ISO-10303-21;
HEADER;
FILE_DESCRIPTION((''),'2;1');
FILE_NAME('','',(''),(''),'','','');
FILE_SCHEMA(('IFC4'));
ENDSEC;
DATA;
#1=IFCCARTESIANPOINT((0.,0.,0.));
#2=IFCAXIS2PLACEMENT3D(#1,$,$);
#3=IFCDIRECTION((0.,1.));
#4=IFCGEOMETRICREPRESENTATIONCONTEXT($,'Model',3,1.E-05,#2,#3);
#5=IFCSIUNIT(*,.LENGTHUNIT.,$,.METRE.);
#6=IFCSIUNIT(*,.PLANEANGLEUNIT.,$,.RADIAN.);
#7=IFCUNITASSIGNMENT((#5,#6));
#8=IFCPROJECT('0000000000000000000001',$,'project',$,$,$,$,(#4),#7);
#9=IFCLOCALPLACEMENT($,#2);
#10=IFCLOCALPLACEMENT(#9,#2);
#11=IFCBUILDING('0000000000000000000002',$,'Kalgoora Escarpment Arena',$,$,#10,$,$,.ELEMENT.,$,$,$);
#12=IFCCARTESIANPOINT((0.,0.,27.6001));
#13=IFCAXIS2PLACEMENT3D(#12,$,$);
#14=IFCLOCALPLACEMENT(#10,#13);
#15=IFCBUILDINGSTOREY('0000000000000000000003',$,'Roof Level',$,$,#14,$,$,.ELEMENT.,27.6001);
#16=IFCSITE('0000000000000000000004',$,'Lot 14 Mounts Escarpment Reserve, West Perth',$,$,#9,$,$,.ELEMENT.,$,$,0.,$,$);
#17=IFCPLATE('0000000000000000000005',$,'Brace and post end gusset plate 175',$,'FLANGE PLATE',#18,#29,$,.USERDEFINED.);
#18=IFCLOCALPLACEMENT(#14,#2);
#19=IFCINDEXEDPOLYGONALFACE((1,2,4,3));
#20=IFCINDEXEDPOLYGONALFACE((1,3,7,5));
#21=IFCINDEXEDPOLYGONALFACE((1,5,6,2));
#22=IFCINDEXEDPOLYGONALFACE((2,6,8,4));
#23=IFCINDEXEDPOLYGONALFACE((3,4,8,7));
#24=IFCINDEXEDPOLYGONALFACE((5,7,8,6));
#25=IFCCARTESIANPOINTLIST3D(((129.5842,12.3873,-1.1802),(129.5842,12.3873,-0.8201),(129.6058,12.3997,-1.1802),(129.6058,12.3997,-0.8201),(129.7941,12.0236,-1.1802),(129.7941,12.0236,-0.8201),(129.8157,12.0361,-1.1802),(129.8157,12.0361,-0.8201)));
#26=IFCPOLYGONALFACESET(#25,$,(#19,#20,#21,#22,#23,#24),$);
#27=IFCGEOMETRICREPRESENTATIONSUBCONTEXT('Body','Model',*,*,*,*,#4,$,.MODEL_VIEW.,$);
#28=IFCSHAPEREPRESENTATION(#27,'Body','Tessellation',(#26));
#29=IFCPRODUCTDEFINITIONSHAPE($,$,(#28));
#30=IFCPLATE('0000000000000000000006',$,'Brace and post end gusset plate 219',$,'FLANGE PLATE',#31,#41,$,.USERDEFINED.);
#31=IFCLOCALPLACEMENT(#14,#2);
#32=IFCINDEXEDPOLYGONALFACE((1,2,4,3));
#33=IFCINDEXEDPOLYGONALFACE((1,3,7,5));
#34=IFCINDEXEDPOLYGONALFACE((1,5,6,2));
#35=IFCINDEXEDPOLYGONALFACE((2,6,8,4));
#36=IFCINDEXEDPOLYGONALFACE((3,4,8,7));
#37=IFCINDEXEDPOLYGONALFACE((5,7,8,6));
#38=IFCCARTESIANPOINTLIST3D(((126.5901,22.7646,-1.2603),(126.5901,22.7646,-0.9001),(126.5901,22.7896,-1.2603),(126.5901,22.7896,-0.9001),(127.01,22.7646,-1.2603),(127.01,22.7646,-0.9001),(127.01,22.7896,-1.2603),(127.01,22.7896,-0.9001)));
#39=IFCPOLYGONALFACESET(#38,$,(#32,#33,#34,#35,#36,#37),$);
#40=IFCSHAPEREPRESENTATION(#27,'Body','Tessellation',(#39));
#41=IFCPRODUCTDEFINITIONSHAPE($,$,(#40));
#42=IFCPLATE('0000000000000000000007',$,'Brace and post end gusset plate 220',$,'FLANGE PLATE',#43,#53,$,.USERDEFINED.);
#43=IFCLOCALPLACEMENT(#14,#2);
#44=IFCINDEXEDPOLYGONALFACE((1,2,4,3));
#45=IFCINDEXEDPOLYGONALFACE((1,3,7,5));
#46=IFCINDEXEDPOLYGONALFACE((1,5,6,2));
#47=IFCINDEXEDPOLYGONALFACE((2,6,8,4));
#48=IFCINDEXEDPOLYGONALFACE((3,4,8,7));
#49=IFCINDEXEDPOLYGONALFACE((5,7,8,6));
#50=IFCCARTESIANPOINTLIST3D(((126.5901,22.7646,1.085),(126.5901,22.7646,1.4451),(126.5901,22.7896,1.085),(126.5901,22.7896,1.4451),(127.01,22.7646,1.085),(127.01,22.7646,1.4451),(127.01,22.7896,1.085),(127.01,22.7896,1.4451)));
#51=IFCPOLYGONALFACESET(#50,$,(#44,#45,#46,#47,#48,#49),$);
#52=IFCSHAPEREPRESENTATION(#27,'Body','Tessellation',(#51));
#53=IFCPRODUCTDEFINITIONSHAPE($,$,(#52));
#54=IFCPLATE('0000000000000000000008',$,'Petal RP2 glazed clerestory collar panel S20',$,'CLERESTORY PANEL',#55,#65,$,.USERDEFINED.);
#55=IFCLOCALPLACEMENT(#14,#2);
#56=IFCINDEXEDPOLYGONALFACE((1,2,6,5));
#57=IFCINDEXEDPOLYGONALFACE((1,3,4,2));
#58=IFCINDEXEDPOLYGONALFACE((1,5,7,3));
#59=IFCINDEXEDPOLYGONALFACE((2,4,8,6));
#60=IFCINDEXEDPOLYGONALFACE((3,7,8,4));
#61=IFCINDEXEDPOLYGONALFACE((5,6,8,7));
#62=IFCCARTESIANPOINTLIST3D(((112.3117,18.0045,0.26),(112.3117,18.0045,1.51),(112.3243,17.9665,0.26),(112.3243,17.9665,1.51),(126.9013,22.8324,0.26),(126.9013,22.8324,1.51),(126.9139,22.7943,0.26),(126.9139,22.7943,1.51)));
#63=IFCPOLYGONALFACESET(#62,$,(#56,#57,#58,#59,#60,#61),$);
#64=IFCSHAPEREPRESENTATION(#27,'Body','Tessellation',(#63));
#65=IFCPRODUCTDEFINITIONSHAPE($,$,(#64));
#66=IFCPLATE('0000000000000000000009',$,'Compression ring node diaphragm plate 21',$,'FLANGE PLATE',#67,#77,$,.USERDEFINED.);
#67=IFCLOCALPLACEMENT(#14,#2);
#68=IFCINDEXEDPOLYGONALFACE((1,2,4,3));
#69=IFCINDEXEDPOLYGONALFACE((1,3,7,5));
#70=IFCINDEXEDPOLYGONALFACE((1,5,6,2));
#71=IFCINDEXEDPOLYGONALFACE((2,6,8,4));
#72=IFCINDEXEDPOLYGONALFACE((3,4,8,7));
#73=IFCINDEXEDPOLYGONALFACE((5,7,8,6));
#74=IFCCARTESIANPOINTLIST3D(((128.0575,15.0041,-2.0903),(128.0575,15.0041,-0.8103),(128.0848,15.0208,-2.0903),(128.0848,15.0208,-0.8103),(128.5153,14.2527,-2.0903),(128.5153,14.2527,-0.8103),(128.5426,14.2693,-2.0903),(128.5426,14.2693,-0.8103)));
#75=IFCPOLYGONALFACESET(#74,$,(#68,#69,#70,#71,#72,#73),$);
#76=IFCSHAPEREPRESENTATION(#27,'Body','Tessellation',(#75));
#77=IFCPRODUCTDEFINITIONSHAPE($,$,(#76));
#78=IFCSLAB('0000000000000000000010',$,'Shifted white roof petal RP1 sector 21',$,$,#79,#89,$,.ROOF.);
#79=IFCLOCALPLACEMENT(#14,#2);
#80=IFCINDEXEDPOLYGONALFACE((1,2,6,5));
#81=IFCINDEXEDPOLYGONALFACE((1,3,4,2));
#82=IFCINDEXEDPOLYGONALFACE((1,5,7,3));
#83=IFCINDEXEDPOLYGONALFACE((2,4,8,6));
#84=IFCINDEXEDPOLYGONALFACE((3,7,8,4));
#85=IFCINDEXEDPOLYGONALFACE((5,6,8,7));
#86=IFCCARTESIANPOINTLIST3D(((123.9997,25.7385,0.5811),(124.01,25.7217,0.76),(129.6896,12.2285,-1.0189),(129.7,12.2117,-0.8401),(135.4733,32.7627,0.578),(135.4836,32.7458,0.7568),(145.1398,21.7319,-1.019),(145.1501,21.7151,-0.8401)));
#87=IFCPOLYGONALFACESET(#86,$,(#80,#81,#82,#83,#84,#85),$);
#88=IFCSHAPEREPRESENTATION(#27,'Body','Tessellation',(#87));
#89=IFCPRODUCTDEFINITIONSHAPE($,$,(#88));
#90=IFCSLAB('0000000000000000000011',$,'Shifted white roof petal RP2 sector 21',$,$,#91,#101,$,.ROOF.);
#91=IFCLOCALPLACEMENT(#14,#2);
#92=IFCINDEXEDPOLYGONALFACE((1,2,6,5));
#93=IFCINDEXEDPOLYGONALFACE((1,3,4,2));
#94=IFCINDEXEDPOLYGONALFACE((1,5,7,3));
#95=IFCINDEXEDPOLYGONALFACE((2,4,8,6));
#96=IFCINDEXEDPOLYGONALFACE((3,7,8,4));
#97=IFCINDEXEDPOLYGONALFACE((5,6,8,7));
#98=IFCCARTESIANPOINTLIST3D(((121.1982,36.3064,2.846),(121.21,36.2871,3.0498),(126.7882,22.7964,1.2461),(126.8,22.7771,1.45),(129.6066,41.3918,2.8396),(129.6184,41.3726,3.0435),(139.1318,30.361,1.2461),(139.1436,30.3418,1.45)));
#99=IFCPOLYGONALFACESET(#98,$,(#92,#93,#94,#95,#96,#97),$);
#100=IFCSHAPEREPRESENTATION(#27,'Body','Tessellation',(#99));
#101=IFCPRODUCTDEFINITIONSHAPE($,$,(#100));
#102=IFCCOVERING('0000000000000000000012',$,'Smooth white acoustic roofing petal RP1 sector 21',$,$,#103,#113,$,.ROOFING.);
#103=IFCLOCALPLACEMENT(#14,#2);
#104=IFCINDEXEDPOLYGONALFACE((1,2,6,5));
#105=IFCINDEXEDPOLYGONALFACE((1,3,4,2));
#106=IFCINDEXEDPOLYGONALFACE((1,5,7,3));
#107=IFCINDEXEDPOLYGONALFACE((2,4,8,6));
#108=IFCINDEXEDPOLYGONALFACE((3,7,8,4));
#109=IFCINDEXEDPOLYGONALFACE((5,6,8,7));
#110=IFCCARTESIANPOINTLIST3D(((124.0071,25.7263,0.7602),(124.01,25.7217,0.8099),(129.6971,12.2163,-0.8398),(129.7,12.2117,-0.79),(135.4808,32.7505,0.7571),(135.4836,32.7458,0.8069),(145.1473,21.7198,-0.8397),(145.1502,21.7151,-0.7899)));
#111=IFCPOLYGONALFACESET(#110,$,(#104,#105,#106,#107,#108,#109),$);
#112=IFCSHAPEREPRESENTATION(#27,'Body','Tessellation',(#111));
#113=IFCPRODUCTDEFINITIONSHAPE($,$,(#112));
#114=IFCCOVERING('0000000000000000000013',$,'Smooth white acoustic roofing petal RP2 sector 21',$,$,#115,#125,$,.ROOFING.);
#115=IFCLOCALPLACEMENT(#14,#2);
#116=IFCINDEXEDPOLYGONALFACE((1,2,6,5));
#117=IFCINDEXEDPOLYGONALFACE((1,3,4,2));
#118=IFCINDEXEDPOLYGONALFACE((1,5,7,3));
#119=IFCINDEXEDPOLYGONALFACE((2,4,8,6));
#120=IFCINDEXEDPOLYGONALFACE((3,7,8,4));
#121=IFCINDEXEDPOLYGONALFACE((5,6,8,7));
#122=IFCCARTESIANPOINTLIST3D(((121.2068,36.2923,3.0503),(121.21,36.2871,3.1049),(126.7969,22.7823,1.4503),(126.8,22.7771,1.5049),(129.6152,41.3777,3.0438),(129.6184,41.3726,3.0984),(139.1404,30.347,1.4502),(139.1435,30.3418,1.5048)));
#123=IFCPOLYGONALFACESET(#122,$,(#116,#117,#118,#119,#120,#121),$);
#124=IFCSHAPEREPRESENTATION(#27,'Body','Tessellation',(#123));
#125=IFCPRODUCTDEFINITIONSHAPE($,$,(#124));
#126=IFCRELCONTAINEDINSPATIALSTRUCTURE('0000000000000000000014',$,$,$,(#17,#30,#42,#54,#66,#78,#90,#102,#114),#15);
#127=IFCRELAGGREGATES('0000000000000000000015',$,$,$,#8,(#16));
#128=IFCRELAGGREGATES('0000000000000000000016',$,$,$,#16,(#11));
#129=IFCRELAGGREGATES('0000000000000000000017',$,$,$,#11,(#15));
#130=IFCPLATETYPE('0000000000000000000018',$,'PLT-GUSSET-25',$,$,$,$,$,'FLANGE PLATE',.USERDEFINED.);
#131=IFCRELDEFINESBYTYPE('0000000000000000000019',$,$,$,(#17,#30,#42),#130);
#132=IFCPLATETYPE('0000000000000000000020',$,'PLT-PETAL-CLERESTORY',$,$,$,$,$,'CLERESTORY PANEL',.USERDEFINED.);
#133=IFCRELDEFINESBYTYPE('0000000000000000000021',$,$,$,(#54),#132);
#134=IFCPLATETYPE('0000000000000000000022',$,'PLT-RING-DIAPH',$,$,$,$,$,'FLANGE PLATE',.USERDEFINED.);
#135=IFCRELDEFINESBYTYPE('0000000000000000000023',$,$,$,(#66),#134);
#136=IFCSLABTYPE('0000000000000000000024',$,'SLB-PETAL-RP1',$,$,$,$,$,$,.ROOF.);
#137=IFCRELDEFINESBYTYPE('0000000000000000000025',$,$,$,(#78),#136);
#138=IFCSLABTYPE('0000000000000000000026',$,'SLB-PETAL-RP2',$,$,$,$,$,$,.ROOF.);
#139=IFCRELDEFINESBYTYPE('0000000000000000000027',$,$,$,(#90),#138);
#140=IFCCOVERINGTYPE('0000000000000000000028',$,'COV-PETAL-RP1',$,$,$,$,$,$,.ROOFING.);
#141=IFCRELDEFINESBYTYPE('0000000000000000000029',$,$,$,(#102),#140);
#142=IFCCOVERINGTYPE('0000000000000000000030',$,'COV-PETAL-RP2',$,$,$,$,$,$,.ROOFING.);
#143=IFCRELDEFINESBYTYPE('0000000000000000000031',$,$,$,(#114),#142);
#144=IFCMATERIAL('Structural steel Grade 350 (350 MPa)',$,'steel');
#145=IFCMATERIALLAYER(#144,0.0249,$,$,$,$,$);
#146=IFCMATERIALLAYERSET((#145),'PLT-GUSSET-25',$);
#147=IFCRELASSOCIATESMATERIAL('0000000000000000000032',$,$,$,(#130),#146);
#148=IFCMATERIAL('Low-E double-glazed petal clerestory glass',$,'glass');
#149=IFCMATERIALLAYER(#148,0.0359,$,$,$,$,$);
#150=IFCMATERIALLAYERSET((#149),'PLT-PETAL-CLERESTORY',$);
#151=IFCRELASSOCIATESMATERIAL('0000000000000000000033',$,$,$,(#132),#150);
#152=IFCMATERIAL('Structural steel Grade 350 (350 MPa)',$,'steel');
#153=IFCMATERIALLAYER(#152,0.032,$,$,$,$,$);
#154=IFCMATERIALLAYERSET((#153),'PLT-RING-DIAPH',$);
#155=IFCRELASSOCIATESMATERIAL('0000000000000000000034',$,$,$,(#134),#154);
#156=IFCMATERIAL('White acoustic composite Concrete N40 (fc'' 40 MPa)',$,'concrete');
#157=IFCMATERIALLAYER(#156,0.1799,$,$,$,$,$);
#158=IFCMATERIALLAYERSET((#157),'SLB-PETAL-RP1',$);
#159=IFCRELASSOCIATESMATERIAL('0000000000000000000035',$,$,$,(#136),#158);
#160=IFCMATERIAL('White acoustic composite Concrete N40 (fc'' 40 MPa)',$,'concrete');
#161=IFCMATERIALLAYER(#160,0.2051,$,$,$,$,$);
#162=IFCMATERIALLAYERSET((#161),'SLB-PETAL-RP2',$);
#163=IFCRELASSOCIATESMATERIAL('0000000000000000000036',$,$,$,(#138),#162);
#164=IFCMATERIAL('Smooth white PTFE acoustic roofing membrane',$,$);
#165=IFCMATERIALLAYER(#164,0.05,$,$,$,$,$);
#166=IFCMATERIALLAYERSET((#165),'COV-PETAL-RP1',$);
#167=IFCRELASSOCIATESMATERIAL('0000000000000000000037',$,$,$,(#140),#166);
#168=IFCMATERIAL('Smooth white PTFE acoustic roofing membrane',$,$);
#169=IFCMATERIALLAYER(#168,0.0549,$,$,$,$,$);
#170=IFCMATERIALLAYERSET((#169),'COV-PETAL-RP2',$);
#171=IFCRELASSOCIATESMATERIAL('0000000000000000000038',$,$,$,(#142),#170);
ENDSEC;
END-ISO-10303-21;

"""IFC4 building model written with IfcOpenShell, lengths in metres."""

from ifc_helpers import new_model, si_unit, direction, frame, origin, origin_2d, place, context, subcontext, project, spatial, polyline, rectangle, outline, extrude, material, layer, layer_set, type_object, element, save


model = new_model("IFC4")

# Units and contexts
model_context = context("Model", 3, precision=1e-05, world=origin(), true_north=direction((0.0, 1.0)))
body_context = subcontext(model_context, "Body", "Model", "MODEL_VIEW")
ifc_project = project(units=[si_unit("LENGTHUNIT", "METRE"), si_unit("PLANEANGLEUNIT", "RADIAN")], contexts=[model_context])

# Site, building, storey
site_placement = place(None, origin())
site = spatial("IfcSite", under=ifc_project, at=site_placement, Name="Lot 14 Mounts Escarpment Reserve, West Perth", CompositionType="ELEMENT", RefElevation=0.0)
building_placement = place(site_placement, origin())
building = spatial("IfcBuilding", under=site, at=building_placement, Name="Kalgoora Escarpment Arena", CompositionType="ELEMENT")
storey_placement = place(building_placement, frame((0.0, 0.0, 27.6001)))
storey = spatial("IfcBuildingStorey", under=building, at=storey_placement, Name="Roof Level", CompositionType="ELEMENT", Elevation=27.6001)

# Plates
ifc_material_1 = material(Name="Structural steel Grade 350 (350 MPa)", Category="steel")
ifc_layer_1 = layer(ifc_material_1, 0.0249)
ifc_layer_set_1 = layer_set([ifc_layer_1], Name="PLT-GUSSET-25")
plate_type_1 = type_object("IfcPlateType", Name="PLT-GUSSET-25", ElementType="FLANGE PLATE", PredefinedType="USERDEFINED", material=ifc_layer_set_1)
for number, where, z_axis, x_axis, name in (
    (1, (129.7, 12.2117, -1.1802), (0.0, 0.0, 1.0), (0.5, -0.866025, 0.0), "Brace and post end gusset plate 175"),
    (2, (126.8, 22.7771, -1.2603), (0.0, 0.0, 1.0), (1.0, 0.0, 0.0), "Brace and post end gusset plate 219"),
    (3, (126.8, 22.7771, 1.085), (0.0, 0.0, 1.0), (1.0, 0.0, 0.0), "Brace and post end gusset plate 220"),
):
    element("IfcPlate", number, at=place(storey_placement, frame(where, z_axis=z_axis, x_axis=x_axis)), inside=storey, type_object=plate_type_1, Name=name, ObjectType="FLANGE PLATE", PredefinedType="USERDEFINED", context=body_context, shape_type="SweptSolid", body=[
        extrude(rectangle(XDim=0.4199, YDim=0.0249, at=origin_2d()), origin(), (0.0, 0.0, 1.0), 0.3601),
    ])
ifc_material_2 = material(Name="Low-E double-glazed petal clerestory glass", Category="glass")
ifc_layer_2 = layer(ifc_material_2, 0.0359)
ifc_layer_set_2 = layer_set([ifc_layer_2], Name="PLT-PETAL-CLERESTORY")
plate_type_2 = type_object("IfcPlateType", Name="PLT-PETAL-CLERESTORY", ElementType="CLERESTORY PANEL", PredefinedType="USERDEFINED", material=ifc_layer_set_2)
plate_1_placement = place(storey_placement, frame((119.6128, 20.3994, 0.26), z_axis=(0.0, 0.0, 1.0), x_axis=(0.949371, 0.314158, 0.0)))
element("IfcPlate", 4, at=plate_1_placement, inside=storey, type_object=plate_type_2, Name="Petal RP2 glazed clerestory collar panel S20", ObjectType="CLERESTORY PANEL", PredefinedType="USERDEFINED", context=body_context, shape_type="SweptSolid", body=[
    extrude(rectangle(XDim=15.3677, YDim=0.04, at=origin_2d()), origin(), (0.0, 0.0, 1.0), 1.25),
])
ifc_material_3 = material(Name="Structural steel Grade 350 (350 MPa)", Category="steel")
ifc_layer_3 = layer(ifc_material_3, 0.032)
ifc_layer_set_3 = layer_set([ifc_layer_3], Name="PLT-RING-DIAPH")
plate_type_3 = type_object("IfcPlateType", Name="PLT-RING-DIAPH", ElementType="FLANGE PLATE", PredefinedType="USERDEFINED", material=ifc_layer_set_3)
plate_2_placement = place(storey_placement, frame((128.3, 14.6367, -2.0903), z_axis=(0.0, 0.0, 1.0), x_axis=(0.854005, 0.520265, 0.0)))
element("IfcPlate", 5, at=plate_2_placement, inside=storey, type_object=plate_type_3, Name="Compression ring node diaphragm plate 21", ObjectType="FLANGE PLATE", PredefinedType="USERDEFINED", context=body_context, shape_type="SweptSolid", body=[
    extrude(rectangle(XDim=0.032, YDim=0.8799, at=origin_2d()), origin(), (0.0, 0.0, 1.0), 1.28),
])

# Slabs
ifc_material_4 = material(Name="White acoustic composite Concrete N40 (fc' 40 MPa)", Category="concrete")
ifc_layer_4 = layer(ifc_material_4, 0.1799)
ifc_layer_set_4 = layer_set([ifc_layer_4], Name="SLB-PETAL-RP1")
slab_type_1 = type_object("IfcSlabType", Name="SLB-PETAL-RP1", PredefinedType="ROOF", material=ifc_layer_set_4)
slab_1_placement = place(storey_placement, frame((129.7, 12.2117, -0.8401), z_axis=(0.057512, -0.093498, 0.993957), x_axis=(0.851766, 0.523922, -0.000001)))
element("IfcSlab", 6, at=slab_1_placement, inside=storey, type_object=slab_type_1, Name="Shifted white roof petal RP1 sector 21", PredefinedType="ROOF", context=body_context, shape_type="SweptSolid", body=[
    extrude(outline(polyline([(0.0, 0.0), (18.139, 0.0), (15.6847, 14.548), (2.2317, 14.5765), (0.0, 0.0)])), origin(), (0.0, 0.0, -1.0), 0.1799),
])
ifc_material_5 = material(Name="White acoustic composite Concrete N40 (fc' 40 MPa)", Category="concrete")
ifc_layer_5 = layer(ifc_material_5, 0.2051)
ifc_layer_set_5 = layer_set([ifc_layer_5], Name="SLB-PETAL-RP2")
slab_type_2 = type_object("IfcSlabType", Name="SLB-PETAL-RP2", PredefinedType="ROOF", material=ifc_layer_set_5)
slab_2_placement = place(storey_placement, frame((126.8, 22.7771, 1.45), z_axis=(0.05754, -0.093893, 0.993918), x_axis=(0.852622, 0.522528, 0.000002)))
element("IfcSlab", 7, at=slab_2_placement, inside=storey, type_object=slab_type_2, Name="Shifted white roof petal RP2 sector 21", PredefinedType="ROOF", context=body_context, shape_type="SweptSolid", body=[
    extrude(outline(polyline([(0.0, 0.0), (14.4771, 0.0), (12.1196, 14.4702), (2.2931, 14.5283), (0.0, 0.0)])), origin(), (0.0, 0.0, -1.0), 0.2051),
])

# Coverings
ifc_material_6 = material(Name="Smooth white PTFE acoustic roofing membrane")
ifc_layer_6 = layer(ifc_material_6, 0.05)
ifc_layer_set_6 = layer_set([ifc_layer_6], Name="COV-PETAL-RP1")
covering_type_1 = type_object("IfcCoveringType", Name="COV-PETAL-RP1", PredefinedType="ROOFING", material=ifc_layer_set_6)
covering_1_placement = place(storey_placement, frame((129.7, 12.2117, -0.79), z_axis=(0.057502, -0.093495, 0.993958), x_axis=(0.851767, 0.523921, 0.000006)))
element("IfcCovering", 8, at=covering_1_placement, inside=storey, type_object=covering_type_1, Name="Smooth white acoustic roofing petal RP1 sector 21", PredefinedType="ROOFING", context=body_context, shape_type="SweptSolid", body=[
    extrude(outline(polyline([(0.0, 0.0), (18.139, 0.0), (15.6847, 14.548), (2.2317, 14.5765), (0.0, 0.0)])), origin(), (0.0, 0.0, -1.0), 0.05),
])
ifc_material_7 = material(Name="Smooth white PTFE acoustic roofing membrane")
ifc_layer_7 = layer(ifc_material_7, 0.0549)
ifc_layer_set_7 = layer_set([ifc_layer_7], Name="COV-PETAL-RP2")
covering_type_2 = type_object("IfcCoveringType", Name="COV-PETAL-RP2", PredefinedType="ROOFING", material=ifc_layer_set_7)
covering_2_placement = place(storey_placement, frame((126.8, 22.7771, 1.5049), z_axis=(0.057553, -0.093895, 0.993917), x_axis=(0.852622, 0.522529, -0.000008)))
element("IfcCovering", 9, at=covering_2_placement, inside=storey, type_object=covering_type_2, Name="Smooth white acoustic roofing petal RP2 sector 21", PredefinedType="ROOFING", context=body_context, shape_type="SweptSolid", body=[
    extrude(outline(polyline([(0.0, 0.0), (14.4771, 0.0), (12.1196, 14.4702), (2.2931, 14.5283), (0.0, 0.0)])), origin(), (0.0, 0.0, -1.0), 0.0549),
])

save(model, "model.ifc")
